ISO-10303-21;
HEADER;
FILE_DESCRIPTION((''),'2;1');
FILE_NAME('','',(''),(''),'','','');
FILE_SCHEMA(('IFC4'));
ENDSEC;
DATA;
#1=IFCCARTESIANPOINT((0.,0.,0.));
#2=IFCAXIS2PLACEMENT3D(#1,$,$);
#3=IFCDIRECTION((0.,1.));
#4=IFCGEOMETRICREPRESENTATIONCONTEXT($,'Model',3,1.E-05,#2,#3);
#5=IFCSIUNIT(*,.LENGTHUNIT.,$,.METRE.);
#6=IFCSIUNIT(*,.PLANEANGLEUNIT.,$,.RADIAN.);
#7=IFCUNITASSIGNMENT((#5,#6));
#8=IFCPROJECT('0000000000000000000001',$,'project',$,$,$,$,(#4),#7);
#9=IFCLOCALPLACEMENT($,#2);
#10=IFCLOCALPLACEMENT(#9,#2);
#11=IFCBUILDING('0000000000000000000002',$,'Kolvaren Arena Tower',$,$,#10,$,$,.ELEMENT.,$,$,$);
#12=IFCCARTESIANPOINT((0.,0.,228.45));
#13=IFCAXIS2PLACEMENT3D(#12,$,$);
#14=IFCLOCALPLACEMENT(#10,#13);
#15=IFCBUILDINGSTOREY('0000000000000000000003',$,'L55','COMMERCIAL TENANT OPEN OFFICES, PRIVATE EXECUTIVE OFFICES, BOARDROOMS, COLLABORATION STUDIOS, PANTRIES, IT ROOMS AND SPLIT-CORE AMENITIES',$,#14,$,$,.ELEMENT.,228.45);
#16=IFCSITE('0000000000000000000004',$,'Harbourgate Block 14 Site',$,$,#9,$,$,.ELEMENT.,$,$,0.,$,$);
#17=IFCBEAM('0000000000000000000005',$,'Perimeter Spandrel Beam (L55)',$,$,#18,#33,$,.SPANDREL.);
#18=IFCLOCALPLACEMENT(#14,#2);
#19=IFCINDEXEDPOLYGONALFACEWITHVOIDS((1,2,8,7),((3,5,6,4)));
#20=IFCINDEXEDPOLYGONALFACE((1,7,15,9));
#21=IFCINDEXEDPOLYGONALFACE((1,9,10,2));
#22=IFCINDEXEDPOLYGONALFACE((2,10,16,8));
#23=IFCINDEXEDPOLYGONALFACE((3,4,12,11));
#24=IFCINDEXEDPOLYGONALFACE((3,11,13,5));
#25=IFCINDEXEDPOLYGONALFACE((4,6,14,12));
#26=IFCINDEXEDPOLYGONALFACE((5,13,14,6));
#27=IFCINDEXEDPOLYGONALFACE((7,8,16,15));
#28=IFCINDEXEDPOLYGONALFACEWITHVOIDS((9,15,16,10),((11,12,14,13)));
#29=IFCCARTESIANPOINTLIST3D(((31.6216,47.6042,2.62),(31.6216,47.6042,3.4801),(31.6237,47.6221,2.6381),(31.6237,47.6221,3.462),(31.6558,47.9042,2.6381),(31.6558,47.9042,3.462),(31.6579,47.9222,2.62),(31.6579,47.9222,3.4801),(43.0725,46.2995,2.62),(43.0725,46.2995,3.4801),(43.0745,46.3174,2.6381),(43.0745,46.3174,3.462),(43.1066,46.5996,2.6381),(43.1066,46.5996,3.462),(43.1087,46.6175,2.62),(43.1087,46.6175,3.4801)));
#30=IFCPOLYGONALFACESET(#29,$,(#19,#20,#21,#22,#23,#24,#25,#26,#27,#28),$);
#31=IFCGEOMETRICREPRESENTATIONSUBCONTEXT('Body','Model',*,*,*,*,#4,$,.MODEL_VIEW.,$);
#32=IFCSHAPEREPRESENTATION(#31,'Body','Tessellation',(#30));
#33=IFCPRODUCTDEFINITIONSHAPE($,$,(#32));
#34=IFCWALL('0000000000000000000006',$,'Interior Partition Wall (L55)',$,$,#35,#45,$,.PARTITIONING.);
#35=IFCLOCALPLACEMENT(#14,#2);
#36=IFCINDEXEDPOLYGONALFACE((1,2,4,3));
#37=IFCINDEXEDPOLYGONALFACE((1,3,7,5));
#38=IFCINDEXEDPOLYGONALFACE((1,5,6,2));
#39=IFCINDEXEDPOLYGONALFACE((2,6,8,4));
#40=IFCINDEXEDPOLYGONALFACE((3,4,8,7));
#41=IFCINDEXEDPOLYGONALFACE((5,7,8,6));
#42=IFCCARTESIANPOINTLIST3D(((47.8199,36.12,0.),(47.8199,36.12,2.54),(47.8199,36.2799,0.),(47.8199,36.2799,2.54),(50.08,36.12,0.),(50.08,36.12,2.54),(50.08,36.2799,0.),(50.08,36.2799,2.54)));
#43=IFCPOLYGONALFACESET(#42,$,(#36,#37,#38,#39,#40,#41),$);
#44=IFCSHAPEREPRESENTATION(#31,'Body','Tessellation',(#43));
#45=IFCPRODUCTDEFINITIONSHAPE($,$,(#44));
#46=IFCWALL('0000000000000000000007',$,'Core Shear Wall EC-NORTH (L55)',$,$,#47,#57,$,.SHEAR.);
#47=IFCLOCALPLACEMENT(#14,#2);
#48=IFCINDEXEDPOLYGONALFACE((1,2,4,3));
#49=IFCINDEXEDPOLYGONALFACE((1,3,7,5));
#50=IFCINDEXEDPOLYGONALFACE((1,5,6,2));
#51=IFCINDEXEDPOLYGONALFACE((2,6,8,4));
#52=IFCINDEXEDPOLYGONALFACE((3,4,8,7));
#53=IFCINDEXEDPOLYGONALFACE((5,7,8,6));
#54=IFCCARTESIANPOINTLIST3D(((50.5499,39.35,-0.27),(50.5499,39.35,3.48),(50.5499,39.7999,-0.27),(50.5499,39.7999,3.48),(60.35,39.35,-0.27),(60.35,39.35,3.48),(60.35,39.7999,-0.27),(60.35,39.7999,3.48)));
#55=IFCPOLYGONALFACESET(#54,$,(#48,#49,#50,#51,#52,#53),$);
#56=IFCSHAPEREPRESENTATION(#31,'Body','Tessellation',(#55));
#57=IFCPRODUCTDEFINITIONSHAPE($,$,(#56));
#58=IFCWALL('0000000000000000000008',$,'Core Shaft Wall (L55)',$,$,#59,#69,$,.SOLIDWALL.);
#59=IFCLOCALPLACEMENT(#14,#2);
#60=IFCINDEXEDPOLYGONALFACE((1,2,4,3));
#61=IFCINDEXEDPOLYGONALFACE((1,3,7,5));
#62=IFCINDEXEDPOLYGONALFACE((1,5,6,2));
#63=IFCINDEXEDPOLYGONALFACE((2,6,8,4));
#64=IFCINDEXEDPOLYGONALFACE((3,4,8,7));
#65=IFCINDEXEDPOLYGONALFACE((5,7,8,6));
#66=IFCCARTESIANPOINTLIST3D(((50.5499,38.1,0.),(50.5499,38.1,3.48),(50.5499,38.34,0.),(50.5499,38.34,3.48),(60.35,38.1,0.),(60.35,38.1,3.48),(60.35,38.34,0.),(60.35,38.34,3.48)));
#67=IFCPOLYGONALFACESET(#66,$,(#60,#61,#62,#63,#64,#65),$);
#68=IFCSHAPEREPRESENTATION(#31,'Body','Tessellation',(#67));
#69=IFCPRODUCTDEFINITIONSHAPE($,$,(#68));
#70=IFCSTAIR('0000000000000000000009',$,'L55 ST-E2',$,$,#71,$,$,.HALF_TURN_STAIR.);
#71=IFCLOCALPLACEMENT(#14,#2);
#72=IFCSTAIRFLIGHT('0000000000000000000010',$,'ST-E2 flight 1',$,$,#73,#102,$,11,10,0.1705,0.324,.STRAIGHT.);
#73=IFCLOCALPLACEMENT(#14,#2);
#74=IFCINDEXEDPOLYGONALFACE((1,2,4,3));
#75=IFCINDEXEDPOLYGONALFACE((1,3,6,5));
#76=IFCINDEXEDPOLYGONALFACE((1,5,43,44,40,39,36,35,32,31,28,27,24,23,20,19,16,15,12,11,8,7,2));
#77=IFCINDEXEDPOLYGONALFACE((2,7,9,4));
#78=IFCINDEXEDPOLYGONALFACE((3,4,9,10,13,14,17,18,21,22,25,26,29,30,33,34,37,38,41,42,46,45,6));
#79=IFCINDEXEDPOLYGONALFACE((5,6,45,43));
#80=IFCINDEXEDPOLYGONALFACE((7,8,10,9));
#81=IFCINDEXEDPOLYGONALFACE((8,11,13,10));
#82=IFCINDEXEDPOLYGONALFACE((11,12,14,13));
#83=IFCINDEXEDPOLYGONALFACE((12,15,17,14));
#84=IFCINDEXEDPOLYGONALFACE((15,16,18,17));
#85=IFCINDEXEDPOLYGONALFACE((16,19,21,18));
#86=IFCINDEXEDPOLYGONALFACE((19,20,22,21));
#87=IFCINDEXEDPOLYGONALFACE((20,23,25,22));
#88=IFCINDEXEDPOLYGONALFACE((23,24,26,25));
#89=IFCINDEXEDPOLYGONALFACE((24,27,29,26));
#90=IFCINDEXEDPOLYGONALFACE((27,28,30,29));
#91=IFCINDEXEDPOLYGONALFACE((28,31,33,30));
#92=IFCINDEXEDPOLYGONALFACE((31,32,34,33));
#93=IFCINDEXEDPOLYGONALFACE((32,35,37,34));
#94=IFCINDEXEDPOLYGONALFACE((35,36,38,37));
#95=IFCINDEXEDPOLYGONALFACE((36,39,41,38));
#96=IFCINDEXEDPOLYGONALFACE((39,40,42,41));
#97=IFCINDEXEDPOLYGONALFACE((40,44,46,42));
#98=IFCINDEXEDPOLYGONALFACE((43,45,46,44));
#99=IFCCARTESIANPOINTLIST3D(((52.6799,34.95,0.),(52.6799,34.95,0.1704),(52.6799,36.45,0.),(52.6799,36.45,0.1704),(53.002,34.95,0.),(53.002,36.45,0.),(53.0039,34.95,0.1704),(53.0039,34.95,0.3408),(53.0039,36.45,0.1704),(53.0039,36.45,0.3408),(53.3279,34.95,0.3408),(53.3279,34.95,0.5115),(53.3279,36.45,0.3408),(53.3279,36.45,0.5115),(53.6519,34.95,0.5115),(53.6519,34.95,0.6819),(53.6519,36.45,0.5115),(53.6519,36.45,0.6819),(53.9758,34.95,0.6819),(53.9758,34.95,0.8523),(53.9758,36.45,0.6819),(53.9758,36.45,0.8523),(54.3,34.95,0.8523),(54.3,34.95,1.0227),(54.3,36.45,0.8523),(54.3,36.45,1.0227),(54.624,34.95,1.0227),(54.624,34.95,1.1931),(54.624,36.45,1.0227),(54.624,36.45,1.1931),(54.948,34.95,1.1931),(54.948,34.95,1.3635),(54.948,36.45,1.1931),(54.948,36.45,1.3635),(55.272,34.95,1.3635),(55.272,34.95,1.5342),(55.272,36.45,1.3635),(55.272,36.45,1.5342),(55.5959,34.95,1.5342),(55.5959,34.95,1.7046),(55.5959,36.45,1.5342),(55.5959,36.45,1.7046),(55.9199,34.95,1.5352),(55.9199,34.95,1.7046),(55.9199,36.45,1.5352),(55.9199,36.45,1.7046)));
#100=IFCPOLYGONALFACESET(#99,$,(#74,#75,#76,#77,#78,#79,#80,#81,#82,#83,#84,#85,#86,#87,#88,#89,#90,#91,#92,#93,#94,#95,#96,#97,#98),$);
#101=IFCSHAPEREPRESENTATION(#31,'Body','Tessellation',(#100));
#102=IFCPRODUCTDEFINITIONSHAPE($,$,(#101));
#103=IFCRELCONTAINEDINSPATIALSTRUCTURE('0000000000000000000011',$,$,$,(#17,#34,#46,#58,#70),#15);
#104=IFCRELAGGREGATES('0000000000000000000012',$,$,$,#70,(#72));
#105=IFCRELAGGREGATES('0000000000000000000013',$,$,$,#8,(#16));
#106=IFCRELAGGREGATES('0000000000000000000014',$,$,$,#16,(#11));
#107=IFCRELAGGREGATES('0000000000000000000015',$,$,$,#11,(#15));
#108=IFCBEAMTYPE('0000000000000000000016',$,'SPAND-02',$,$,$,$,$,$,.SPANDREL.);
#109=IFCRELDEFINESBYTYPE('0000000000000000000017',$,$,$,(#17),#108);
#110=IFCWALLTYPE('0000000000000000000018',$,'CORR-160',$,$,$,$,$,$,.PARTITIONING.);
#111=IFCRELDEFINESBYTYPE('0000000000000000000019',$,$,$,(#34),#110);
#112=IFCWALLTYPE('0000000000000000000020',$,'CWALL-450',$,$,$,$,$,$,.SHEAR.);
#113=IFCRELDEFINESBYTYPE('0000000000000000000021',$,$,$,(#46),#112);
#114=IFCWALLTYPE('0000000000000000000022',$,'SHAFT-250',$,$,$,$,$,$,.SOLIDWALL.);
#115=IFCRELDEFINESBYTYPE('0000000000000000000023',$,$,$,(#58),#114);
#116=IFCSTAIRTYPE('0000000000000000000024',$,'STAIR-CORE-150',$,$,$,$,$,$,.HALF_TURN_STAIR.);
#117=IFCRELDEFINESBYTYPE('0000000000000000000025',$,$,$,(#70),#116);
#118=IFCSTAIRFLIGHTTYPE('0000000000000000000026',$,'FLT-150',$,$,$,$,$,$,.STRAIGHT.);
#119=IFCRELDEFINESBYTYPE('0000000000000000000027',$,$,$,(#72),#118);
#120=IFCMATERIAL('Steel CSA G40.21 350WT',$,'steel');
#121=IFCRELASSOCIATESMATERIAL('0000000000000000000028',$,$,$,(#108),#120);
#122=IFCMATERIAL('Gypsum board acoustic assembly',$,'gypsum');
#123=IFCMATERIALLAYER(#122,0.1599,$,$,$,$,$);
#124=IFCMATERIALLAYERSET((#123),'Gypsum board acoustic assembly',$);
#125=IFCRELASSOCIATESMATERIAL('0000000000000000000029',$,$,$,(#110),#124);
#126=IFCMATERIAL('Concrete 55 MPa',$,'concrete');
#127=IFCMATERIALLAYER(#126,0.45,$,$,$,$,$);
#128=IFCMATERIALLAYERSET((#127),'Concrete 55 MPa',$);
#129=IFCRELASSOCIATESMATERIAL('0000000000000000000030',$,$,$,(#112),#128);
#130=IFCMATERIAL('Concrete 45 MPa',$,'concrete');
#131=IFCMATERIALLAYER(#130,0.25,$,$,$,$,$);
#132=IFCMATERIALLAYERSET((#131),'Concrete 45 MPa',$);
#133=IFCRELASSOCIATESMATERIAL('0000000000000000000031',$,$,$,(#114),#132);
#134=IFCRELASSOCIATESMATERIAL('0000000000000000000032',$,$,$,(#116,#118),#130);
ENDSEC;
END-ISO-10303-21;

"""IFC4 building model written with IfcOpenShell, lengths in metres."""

from ifc_helpers import new_model, si_unit, direction, frame, frame_2d, origin, origin_2d, place, context, subcontext, project, spatial, polyline, rectangle, hollow_rectangle, outline, extrude, material, layer, layer_set, material_profile, profile_set, type_object, element, aggregate, save


model = new_model("IFC4")

# Units and contexts
model_context = context("Model", 3, precision=1e-05, world=origin(), true_north=direction((0.0, 1.0)))
body_context = subcontext(model_context, "Body", "Model", "MODEL_VIEW")
ifc_project = project(units=[si_unit("LENGTHUNIT", "METRE"), si_unit("PLANEANGLEUNIT", "RADIAN")], contexts=[model_context])

# Site, building, storey
site_placement = place(None, origin())
site = spatial("IfcSite", under=ifc_project, at=site_placement, Name="Harbourgate Block 14 Site", CompositionType="ELEMENT", RefElevation=0.0)
building_placement = place(site_placement, origin())
building = spatial("IfcBuilding", under=site, at=building_placement, Name="Kolvaren Arena Tower", CompositionType="ELEMENT")
storey_placement = place(building_placement, frame((0.0, 0.0, 228.45)))
storey = spatial("IfcBuildingStorey", under=building, at=storey_placement, Name="L55", Description="COMMERCIAL TENANT OPEN OFFICES, PRIVATE EXECUTIVE OFFICES, BOARDROOMS, COLLABORATION STUDIOS, PANTRIES, IT ROOMS AND SPLIT-CORE AMENITIES", CompositionType="ELEMENT", Elevation=228.45)

# Beam
ifc_material_1 = material(Name="Steel CSA G40.21 350WT", Category="steel")
ifc_material_profile_1 = material_profile(ifc_material_1, hollow_rectangle(XDim=0.3201, YDim=0.8601, WallThickness=0.0181, at=origin_2d()), Name="HSS 860x320x18")
ifc_profile_set_1 = profile_set([ifc_material_profile_1], Name="Steel CSA G40.21 350WT")
beam_type_1 = type_object("IfcBeamType", Name="SPAND-02", PredefinedType="SPANDREL", material=ifc_profile_set_1)
beam_1_placement = place(storey_placement, frame((43.0906, 46.4585, 3.05), z_axis=(-0.993572, 0.113205, 0.0), x_axis=(-0.113205, -0.993572, 0.0)))
element("IfcBeam", 1, at=beam_1_placement, inside=storey, type_object=beam_type_1, Name="Perimeter Spandrel Beam (L55)", PredefinedType="SPANDREL", context=body_context, shape_type="SweptSolid", body=[
    extrude(hollow_rectangle(XDim=0.3201, YDim=0.8601, WallThickness=0.0181, at=origin_2d()), origin(), (0.0, 0.0, 1.0), 11.5249),
])

# Walls
ifc_material_2 = material(Name="Gypsum board acoustic assembly", Category="gypsum")
ifc_layer_1 = layer(ifc_material_2, 0.1599)
ifc_layer_set_1 = layer_set([ifc_layer_1], Name="Gypsum board acoustic assembly")
wall_type_1 = type_object("IfcWallType", Name="CORR-160", PredefinedType="PARTITIONING", material=ifc_layer_set_1)
wall_1_placement = place(storey_placement, frame((47.8201, 36.2, 0.0), z_axis=(0.0, 0.0, 1.0), x_axis=(1.0, 0.0, 0.0)))
element("IfcWall", 2, at=wall_1_placement, inside=storey, type_object=wall_type_1, Name="Interior Partition Wall (L55)", PredefinedType="PARTITIONING", context=body_context, shape_type="SweptSolid", body=[
    extrude(rectangle(XDim=2.26, YDim=0.1599, at=frame_2d((1.1299, 0.0))), origin(), (0.0, 0.0, 1.0), 2.54),
])
ifc_material_3 = material(Name="Concrete 55 MPa", Category="concrete")
ifc_layer_2 = layer(ifc_material_3, 0.45)
ifc_layer_set_2 = layer_set([ifc_layer_2], Name="Concrete 55 MPa")
wall_type_2 = type_object("IfcWallType", Name="CWALL-450", PredefinedType="SHEAR", material=ifc_layer_set_2)
wall_2_placement = place(storey_placement, frame((50.55, 39.575, -0.27), z_axis=(0.0, 0.0, 1.0), x_axis=(1.0, 0.0, 0.0)))
element("IfcWall", 3, at=wall_2_placement, inside=storey, type_object=wall_type_2, Name="Core Shear Wall EC-NORTH (L55)", PredefinedType="SHEAR", context=body_context, shape_type="SweptSolid", body=[
    extrude(rectangle(XDim=9.8, YDim=0.45, at=frame_2d((4.8999, 0.0))), origin(), (0.0, 0.0, 1.0), 3.75),
])
ifc_material_4 = material(Name="Concrete 45 MPa", Category="concrete")
ifc_layer_3 = layer(ifc_material_4, 0.25)
ifc_layer_set_3 = layer_set([ifc_layer_3], Name="Concrete 45 MPa")
wall_type_3 = type_object("IfcWallType", Name="SHAFT-250", PredefinedType="SOLIDWALL", material=ifc_layer_set_3)
wall_3_placement = place(storey_placement, frame((50.55, 38.22, 0.0), z_axis=(0.0, 0.0, 1.0), x_axis=(1.0, 0.0, 0.0)))
element("IfcWall", 4, at=wall_3_placement, inside=storey, type_object=wall_type_3, Name="Core Shaft Wall (L55)", PredefinedType="SOLIDWALL", context=body_context, shape_type="SweptSolid", body=[
    extrude(rectangle(XDim=9.8, YDim=0.24, at=frame_2d((4.8999, 0.0))), origin(), (0.0, 0.0, 1.0), 3.48),
])

# Stair, stair flight
stair_type = type_object("IfcStairType", Name="STAIR-CORE-150", PredefinedType="HALF_TURN_STAIR", material=ifc_material_4)
stair_placement = place(storey_placement, origin())
stair = element("IfcStair", 5, at=stair_placement, inside=storey, type_object=stair_type, Name="L55 ST-E2", PredefinedType="HALF_TURN_STAIR")
stair_flight_type = type_object("IfcStairFlightType", Name="FLT-150", PredefinedType="STRAIGHT", material=ifc_material_4)
stair_flight_placement = place(storey_placement, frame((52.6799, 35.7, 0.0), z_axis=(0.0, 0.0, 1.0), x_axis=(1.0, 0.0, 0.0)))
stair_flight = element("IfcStairFlight", 6, at=stair_flight_placement, type_object=stair_flight_type, Name="ST-E2 flight 1", NumberOfRisers=11, NumberOfTreads=10, PredefinedType="STRAIGHT", RiserHeight=0.1705, TreadLength=0.324, context=body_context, shape_type="SweptSolid", body=[
    extrude(outline(polyline([(0.0, 0.0), (0.0, 0.1704), (0.324, 0.1704), (0.324, 0.3408), (0.6479, 0.3408), (0.6479, 0.5115), (0.9719, 0.5115), (0.9719, 0.6819), (1.2959, 0.6819), (1.2959, 0.8523), (1.6201, 0.8523), (1.6201, 1.0227), (1.9441, 1.0227), (1.9441, 1.1931), (2.2681, 1.1931), (2.2681, 1.3635), (2.592, 1.3635), (2.592, 1.5342), (2.916, 1.5342), (2.916, 1.7046), (3.24, 1.7046), (3.24, 1.875), (3.24, 1.5352), (0.322, 0.0), (0.0, 0.0)])), frame((0.0, 0.75, 0.0), z_axis=(0.0, -1.0, 0.0), x_axis=(1.0, 0.0, 0.0)), (0.0, 0.0, 1.0), 1.5),
])
aggregate(stair, [stair_flight])

save(model, "model.ifc")
